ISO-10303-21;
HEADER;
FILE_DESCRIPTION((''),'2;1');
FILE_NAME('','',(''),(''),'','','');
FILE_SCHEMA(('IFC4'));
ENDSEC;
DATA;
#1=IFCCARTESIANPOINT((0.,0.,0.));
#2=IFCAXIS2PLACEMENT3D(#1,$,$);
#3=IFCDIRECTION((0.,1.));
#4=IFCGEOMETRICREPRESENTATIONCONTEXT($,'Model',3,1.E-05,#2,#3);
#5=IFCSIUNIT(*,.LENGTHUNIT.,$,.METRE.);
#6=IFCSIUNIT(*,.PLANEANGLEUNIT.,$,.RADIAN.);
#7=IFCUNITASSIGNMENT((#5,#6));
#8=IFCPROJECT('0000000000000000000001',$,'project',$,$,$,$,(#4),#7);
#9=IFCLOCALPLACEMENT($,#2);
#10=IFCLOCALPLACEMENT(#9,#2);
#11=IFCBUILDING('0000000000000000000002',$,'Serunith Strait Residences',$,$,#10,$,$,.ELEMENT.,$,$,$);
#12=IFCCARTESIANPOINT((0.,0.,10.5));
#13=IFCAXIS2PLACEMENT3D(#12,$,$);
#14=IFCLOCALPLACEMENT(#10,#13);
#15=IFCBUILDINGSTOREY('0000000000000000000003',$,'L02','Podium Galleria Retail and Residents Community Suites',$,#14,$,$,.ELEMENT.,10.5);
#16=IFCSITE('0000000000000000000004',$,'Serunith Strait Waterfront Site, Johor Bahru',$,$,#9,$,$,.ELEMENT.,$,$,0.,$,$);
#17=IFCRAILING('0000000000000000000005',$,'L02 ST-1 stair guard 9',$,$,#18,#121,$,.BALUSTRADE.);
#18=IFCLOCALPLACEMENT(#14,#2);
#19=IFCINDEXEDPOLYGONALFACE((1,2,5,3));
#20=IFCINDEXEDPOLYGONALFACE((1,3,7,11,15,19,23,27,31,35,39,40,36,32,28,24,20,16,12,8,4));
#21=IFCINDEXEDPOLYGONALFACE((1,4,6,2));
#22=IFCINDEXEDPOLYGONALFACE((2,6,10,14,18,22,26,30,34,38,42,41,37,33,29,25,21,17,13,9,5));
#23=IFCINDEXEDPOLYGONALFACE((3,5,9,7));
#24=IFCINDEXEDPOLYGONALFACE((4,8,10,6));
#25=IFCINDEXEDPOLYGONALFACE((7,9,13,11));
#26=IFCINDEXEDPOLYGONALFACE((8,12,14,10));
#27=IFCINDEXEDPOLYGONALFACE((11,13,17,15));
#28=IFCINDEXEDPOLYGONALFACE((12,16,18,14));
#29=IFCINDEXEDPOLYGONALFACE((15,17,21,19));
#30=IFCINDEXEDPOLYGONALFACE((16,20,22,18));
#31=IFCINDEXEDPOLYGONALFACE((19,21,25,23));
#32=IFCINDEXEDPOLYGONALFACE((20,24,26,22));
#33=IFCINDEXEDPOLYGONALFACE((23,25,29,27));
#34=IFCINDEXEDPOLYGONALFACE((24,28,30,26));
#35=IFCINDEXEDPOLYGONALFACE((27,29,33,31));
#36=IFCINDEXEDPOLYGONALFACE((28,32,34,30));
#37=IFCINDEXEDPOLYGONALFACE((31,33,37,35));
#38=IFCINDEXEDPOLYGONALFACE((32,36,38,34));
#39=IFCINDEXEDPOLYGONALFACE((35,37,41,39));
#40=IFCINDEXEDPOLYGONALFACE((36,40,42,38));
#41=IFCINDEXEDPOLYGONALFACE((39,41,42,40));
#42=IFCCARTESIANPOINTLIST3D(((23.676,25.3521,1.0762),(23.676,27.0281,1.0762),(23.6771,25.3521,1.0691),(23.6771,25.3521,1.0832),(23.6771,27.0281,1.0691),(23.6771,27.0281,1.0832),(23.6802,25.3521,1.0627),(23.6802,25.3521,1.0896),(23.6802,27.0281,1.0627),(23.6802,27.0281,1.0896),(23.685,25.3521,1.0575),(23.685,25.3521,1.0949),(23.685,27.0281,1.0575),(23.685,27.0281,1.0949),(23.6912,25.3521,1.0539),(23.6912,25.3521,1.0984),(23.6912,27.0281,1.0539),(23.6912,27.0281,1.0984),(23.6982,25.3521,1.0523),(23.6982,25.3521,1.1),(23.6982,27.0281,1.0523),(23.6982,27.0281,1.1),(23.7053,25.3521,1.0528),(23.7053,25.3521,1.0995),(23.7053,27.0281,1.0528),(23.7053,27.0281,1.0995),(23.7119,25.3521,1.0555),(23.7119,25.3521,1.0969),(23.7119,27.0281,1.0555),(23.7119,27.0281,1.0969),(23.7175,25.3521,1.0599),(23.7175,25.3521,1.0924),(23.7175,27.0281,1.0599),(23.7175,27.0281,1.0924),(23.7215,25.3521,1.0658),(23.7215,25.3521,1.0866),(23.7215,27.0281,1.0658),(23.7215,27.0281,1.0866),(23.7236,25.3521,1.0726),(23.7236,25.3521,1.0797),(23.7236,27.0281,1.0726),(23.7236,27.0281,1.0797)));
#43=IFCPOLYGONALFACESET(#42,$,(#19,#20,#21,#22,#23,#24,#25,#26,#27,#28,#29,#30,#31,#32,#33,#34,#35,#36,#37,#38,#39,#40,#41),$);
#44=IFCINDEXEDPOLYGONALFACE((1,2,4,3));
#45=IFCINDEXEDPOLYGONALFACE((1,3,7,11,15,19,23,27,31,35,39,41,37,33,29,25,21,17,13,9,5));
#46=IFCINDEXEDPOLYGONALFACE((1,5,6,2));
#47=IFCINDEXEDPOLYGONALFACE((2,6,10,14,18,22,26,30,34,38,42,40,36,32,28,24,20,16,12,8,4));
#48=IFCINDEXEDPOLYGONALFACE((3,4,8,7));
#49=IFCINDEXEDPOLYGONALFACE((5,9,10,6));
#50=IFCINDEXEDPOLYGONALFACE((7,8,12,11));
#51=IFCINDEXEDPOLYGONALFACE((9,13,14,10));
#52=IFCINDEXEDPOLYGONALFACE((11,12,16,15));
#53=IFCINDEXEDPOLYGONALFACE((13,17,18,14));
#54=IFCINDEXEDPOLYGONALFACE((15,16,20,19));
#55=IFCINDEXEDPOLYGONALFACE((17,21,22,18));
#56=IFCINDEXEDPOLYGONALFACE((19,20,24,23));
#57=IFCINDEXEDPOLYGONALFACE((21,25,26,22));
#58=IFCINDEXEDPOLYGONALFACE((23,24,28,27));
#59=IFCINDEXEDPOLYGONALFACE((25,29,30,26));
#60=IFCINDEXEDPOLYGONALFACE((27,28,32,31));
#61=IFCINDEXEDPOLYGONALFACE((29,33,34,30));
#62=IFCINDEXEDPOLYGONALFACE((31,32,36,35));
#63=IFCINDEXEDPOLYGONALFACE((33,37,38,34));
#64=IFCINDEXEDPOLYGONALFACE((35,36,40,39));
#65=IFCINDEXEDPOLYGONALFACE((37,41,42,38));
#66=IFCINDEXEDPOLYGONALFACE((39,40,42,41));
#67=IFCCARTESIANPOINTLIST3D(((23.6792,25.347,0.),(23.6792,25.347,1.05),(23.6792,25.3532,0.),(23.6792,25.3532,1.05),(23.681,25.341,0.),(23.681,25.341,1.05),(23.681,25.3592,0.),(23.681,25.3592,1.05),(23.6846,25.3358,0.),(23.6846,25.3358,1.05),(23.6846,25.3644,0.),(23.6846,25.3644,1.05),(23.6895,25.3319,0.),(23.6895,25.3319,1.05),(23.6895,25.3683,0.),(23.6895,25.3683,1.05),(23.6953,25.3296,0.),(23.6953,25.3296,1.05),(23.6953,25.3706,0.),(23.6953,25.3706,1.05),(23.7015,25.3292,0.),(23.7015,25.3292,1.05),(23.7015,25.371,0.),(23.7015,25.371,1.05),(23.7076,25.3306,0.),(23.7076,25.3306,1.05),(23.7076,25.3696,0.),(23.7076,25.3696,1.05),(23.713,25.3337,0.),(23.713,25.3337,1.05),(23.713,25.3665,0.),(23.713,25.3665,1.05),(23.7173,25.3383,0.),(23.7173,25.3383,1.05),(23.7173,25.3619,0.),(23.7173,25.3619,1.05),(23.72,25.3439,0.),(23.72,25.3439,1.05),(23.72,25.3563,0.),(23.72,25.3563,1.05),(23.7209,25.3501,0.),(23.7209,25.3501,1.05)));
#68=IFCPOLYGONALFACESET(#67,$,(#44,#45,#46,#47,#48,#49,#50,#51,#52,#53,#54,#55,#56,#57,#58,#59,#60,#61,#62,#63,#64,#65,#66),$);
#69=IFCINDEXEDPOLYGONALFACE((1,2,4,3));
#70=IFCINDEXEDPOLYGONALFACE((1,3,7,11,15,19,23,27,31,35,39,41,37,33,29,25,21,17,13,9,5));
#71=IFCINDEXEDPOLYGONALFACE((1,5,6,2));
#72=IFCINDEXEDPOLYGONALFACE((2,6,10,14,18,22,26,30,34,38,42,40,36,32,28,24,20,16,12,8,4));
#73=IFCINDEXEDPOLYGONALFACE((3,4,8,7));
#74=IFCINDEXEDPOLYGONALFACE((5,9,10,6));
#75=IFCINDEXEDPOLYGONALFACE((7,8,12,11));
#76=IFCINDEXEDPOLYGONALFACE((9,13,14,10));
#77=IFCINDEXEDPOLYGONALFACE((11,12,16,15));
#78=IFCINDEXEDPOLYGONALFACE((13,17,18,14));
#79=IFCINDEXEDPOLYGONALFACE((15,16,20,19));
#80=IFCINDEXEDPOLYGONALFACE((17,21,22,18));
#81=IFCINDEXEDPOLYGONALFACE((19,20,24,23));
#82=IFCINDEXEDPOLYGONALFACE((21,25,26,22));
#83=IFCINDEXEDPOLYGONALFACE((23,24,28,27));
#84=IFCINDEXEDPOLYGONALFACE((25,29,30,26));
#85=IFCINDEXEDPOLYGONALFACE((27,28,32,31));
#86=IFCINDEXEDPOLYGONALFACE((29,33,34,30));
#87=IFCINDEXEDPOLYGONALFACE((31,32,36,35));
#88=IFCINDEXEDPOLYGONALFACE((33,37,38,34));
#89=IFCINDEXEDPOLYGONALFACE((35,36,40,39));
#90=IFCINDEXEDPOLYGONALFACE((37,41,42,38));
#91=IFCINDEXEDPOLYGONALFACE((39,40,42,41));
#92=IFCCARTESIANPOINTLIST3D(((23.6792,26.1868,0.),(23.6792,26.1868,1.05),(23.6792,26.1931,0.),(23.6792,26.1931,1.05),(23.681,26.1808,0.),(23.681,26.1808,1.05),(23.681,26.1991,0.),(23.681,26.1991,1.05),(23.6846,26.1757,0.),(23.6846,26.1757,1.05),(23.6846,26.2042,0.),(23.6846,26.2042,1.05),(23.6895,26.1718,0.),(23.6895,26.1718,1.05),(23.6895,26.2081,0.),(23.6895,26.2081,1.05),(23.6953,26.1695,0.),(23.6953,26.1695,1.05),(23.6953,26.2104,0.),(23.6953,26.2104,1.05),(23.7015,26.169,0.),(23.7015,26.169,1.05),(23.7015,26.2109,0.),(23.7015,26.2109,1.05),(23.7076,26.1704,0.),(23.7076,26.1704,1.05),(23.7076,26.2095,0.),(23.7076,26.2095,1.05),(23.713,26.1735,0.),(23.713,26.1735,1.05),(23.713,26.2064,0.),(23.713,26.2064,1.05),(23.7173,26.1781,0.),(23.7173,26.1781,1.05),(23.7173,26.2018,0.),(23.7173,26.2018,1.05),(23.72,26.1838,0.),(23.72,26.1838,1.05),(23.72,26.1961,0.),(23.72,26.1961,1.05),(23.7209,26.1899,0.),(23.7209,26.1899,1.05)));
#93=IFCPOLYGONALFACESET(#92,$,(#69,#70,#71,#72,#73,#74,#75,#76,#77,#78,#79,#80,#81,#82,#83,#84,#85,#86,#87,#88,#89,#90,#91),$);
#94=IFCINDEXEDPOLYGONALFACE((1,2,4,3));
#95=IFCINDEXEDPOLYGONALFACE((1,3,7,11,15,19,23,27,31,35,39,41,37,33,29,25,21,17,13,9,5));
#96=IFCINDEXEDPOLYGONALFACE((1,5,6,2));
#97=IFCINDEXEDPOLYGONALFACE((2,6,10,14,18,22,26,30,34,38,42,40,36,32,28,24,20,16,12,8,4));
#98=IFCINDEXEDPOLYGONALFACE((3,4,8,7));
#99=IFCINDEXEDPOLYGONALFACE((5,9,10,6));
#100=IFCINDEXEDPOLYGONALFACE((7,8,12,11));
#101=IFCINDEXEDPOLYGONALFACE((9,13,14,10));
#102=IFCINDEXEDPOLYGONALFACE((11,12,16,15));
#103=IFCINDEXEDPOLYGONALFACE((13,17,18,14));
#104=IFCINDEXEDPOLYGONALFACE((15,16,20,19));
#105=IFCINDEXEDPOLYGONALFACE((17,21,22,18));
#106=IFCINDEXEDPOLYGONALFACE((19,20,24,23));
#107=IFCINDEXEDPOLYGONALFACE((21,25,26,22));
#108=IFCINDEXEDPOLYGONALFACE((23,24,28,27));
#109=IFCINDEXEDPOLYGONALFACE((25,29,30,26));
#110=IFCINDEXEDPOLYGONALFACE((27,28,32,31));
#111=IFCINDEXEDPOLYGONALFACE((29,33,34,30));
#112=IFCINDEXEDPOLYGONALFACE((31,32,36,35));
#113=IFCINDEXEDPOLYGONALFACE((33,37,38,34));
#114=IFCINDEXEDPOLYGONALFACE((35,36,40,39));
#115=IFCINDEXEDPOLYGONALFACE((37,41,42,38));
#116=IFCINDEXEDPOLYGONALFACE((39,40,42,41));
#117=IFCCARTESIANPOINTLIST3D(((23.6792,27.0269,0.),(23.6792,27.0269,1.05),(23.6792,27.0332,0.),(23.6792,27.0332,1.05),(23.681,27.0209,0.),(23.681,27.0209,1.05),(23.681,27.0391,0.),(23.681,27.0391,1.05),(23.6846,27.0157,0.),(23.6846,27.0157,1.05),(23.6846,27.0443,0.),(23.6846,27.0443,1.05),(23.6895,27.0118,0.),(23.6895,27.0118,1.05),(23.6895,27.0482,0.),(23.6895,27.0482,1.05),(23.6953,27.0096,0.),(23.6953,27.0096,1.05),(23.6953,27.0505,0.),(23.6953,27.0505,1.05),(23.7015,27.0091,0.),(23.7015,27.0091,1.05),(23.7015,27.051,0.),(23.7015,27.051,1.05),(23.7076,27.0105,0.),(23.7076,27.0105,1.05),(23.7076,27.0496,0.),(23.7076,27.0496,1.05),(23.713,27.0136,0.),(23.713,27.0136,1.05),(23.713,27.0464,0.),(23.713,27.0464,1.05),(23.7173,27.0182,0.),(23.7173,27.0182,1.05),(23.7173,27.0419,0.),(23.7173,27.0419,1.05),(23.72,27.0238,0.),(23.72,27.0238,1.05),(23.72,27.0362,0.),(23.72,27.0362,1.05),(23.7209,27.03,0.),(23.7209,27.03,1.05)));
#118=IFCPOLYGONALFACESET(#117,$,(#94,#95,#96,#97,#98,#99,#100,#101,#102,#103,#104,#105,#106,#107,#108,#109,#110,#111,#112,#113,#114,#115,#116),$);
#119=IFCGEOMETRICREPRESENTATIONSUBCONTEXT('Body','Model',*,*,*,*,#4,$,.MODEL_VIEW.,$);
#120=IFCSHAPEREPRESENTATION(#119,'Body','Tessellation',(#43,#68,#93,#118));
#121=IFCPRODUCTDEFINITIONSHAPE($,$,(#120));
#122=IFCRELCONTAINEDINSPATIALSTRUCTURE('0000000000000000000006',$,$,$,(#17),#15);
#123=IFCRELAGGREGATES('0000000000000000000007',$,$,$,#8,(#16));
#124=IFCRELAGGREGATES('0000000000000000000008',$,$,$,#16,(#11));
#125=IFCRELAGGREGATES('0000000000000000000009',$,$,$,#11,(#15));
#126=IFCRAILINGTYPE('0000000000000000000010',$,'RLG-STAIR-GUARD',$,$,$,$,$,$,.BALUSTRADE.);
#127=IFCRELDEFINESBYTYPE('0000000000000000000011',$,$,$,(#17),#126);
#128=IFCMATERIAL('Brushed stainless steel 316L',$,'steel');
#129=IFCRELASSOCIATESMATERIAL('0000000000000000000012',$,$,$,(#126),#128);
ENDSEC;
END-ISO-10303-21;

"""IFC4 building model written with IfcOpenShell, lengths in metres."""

from ifc_helpers import new_model, si_unit, direction, frame, origin, origin_2d, place, context, subcontext, project, spatial, circle, extrude, material, type_object, element, save


model = new_model("IFC4")

# Units and contexts
model_context = context("Model", 3, precision=1e-05, world=origin(), true_north=direction((0.0, 1.0)))
body_context = subcontext(model_context, "Body", "Model", "MODEL_VIEW")
ifc_project = project(units=[si_unit("LENGTHUNIT", "METRE"), si_unit("PLANEANGLEUNIT", "RADIAN")], contexts=[model_context])

# Site, building, storey
site_placement = place(None, origin())
site = spatial("IfcSite", under=ifc_project, at=site_placement, Name="Serunith Strait Waterfront Site, Johor Bahru", CompositionType="ELEMENT", RefElevation=0.0)
building_placement = place(site_placement, origin())
building = spatial("IfcBuilding", under=site, at=building_placement, Name="Serunith Strait Residences", CompositionType="ELEMENT")
storey_placement = place(building_placement, frame((0.0, 0.0, 10.5)))
storey = spatial("IfcBuildingStorey", under=building, at=storey_placement, Name="L02", Description="Podium Galleria Retail and Residents Community Suites", CompositionType="ELEMENT", Elevation=10.5)

# Railing
ifc_material_1 = material(Name="Brushed stainless steel 316L", Category="steel")
railing_type_1 = type_object("IfcRailingType", Name="RLG-STAIR-GUARD", PredefinedType="BALUSTRADE", material=ifc_material_1)
railing_1_placement = place(storey_placement, frame((23.7, 25.3501, 0.0)))
element("IfcRailing", 1, at=railing_1_placement, inside=storey, type_object=railing_type_1, Name="L02 ST-1 stair guard 9", PredefinedType="BALUSTRADE", context=body_context, shape_type="SweptSolid", body=[
    extrude(circle(Radius=0.0239, at=origin_2d()), frame((0.0, 0.002, 1.0762), z_axis=(0.0, 1.0, 0.0), x_axis=(-1.0, 0.0, 0.0)), (0.0, 0.0, 1.0), 1.676),
    extrude(circle(Radius=0.021, at=origin_2d()), origin(), (0.0, 0.0, 1.0), 1.05),
    extrude(circle(Radius=0.021, at=origin_2d()), frame((0.0, 0.8398, 0.0)), (0.0, 0.0, 1.0), 1.05),
    extrude(circle(Radius=0.021, at=origin_2d()), frame((0.0, 1.6799, 0.0)), (0.0, 0.0, 1.0), 1.05),
])

save(model, "model.ifc")
